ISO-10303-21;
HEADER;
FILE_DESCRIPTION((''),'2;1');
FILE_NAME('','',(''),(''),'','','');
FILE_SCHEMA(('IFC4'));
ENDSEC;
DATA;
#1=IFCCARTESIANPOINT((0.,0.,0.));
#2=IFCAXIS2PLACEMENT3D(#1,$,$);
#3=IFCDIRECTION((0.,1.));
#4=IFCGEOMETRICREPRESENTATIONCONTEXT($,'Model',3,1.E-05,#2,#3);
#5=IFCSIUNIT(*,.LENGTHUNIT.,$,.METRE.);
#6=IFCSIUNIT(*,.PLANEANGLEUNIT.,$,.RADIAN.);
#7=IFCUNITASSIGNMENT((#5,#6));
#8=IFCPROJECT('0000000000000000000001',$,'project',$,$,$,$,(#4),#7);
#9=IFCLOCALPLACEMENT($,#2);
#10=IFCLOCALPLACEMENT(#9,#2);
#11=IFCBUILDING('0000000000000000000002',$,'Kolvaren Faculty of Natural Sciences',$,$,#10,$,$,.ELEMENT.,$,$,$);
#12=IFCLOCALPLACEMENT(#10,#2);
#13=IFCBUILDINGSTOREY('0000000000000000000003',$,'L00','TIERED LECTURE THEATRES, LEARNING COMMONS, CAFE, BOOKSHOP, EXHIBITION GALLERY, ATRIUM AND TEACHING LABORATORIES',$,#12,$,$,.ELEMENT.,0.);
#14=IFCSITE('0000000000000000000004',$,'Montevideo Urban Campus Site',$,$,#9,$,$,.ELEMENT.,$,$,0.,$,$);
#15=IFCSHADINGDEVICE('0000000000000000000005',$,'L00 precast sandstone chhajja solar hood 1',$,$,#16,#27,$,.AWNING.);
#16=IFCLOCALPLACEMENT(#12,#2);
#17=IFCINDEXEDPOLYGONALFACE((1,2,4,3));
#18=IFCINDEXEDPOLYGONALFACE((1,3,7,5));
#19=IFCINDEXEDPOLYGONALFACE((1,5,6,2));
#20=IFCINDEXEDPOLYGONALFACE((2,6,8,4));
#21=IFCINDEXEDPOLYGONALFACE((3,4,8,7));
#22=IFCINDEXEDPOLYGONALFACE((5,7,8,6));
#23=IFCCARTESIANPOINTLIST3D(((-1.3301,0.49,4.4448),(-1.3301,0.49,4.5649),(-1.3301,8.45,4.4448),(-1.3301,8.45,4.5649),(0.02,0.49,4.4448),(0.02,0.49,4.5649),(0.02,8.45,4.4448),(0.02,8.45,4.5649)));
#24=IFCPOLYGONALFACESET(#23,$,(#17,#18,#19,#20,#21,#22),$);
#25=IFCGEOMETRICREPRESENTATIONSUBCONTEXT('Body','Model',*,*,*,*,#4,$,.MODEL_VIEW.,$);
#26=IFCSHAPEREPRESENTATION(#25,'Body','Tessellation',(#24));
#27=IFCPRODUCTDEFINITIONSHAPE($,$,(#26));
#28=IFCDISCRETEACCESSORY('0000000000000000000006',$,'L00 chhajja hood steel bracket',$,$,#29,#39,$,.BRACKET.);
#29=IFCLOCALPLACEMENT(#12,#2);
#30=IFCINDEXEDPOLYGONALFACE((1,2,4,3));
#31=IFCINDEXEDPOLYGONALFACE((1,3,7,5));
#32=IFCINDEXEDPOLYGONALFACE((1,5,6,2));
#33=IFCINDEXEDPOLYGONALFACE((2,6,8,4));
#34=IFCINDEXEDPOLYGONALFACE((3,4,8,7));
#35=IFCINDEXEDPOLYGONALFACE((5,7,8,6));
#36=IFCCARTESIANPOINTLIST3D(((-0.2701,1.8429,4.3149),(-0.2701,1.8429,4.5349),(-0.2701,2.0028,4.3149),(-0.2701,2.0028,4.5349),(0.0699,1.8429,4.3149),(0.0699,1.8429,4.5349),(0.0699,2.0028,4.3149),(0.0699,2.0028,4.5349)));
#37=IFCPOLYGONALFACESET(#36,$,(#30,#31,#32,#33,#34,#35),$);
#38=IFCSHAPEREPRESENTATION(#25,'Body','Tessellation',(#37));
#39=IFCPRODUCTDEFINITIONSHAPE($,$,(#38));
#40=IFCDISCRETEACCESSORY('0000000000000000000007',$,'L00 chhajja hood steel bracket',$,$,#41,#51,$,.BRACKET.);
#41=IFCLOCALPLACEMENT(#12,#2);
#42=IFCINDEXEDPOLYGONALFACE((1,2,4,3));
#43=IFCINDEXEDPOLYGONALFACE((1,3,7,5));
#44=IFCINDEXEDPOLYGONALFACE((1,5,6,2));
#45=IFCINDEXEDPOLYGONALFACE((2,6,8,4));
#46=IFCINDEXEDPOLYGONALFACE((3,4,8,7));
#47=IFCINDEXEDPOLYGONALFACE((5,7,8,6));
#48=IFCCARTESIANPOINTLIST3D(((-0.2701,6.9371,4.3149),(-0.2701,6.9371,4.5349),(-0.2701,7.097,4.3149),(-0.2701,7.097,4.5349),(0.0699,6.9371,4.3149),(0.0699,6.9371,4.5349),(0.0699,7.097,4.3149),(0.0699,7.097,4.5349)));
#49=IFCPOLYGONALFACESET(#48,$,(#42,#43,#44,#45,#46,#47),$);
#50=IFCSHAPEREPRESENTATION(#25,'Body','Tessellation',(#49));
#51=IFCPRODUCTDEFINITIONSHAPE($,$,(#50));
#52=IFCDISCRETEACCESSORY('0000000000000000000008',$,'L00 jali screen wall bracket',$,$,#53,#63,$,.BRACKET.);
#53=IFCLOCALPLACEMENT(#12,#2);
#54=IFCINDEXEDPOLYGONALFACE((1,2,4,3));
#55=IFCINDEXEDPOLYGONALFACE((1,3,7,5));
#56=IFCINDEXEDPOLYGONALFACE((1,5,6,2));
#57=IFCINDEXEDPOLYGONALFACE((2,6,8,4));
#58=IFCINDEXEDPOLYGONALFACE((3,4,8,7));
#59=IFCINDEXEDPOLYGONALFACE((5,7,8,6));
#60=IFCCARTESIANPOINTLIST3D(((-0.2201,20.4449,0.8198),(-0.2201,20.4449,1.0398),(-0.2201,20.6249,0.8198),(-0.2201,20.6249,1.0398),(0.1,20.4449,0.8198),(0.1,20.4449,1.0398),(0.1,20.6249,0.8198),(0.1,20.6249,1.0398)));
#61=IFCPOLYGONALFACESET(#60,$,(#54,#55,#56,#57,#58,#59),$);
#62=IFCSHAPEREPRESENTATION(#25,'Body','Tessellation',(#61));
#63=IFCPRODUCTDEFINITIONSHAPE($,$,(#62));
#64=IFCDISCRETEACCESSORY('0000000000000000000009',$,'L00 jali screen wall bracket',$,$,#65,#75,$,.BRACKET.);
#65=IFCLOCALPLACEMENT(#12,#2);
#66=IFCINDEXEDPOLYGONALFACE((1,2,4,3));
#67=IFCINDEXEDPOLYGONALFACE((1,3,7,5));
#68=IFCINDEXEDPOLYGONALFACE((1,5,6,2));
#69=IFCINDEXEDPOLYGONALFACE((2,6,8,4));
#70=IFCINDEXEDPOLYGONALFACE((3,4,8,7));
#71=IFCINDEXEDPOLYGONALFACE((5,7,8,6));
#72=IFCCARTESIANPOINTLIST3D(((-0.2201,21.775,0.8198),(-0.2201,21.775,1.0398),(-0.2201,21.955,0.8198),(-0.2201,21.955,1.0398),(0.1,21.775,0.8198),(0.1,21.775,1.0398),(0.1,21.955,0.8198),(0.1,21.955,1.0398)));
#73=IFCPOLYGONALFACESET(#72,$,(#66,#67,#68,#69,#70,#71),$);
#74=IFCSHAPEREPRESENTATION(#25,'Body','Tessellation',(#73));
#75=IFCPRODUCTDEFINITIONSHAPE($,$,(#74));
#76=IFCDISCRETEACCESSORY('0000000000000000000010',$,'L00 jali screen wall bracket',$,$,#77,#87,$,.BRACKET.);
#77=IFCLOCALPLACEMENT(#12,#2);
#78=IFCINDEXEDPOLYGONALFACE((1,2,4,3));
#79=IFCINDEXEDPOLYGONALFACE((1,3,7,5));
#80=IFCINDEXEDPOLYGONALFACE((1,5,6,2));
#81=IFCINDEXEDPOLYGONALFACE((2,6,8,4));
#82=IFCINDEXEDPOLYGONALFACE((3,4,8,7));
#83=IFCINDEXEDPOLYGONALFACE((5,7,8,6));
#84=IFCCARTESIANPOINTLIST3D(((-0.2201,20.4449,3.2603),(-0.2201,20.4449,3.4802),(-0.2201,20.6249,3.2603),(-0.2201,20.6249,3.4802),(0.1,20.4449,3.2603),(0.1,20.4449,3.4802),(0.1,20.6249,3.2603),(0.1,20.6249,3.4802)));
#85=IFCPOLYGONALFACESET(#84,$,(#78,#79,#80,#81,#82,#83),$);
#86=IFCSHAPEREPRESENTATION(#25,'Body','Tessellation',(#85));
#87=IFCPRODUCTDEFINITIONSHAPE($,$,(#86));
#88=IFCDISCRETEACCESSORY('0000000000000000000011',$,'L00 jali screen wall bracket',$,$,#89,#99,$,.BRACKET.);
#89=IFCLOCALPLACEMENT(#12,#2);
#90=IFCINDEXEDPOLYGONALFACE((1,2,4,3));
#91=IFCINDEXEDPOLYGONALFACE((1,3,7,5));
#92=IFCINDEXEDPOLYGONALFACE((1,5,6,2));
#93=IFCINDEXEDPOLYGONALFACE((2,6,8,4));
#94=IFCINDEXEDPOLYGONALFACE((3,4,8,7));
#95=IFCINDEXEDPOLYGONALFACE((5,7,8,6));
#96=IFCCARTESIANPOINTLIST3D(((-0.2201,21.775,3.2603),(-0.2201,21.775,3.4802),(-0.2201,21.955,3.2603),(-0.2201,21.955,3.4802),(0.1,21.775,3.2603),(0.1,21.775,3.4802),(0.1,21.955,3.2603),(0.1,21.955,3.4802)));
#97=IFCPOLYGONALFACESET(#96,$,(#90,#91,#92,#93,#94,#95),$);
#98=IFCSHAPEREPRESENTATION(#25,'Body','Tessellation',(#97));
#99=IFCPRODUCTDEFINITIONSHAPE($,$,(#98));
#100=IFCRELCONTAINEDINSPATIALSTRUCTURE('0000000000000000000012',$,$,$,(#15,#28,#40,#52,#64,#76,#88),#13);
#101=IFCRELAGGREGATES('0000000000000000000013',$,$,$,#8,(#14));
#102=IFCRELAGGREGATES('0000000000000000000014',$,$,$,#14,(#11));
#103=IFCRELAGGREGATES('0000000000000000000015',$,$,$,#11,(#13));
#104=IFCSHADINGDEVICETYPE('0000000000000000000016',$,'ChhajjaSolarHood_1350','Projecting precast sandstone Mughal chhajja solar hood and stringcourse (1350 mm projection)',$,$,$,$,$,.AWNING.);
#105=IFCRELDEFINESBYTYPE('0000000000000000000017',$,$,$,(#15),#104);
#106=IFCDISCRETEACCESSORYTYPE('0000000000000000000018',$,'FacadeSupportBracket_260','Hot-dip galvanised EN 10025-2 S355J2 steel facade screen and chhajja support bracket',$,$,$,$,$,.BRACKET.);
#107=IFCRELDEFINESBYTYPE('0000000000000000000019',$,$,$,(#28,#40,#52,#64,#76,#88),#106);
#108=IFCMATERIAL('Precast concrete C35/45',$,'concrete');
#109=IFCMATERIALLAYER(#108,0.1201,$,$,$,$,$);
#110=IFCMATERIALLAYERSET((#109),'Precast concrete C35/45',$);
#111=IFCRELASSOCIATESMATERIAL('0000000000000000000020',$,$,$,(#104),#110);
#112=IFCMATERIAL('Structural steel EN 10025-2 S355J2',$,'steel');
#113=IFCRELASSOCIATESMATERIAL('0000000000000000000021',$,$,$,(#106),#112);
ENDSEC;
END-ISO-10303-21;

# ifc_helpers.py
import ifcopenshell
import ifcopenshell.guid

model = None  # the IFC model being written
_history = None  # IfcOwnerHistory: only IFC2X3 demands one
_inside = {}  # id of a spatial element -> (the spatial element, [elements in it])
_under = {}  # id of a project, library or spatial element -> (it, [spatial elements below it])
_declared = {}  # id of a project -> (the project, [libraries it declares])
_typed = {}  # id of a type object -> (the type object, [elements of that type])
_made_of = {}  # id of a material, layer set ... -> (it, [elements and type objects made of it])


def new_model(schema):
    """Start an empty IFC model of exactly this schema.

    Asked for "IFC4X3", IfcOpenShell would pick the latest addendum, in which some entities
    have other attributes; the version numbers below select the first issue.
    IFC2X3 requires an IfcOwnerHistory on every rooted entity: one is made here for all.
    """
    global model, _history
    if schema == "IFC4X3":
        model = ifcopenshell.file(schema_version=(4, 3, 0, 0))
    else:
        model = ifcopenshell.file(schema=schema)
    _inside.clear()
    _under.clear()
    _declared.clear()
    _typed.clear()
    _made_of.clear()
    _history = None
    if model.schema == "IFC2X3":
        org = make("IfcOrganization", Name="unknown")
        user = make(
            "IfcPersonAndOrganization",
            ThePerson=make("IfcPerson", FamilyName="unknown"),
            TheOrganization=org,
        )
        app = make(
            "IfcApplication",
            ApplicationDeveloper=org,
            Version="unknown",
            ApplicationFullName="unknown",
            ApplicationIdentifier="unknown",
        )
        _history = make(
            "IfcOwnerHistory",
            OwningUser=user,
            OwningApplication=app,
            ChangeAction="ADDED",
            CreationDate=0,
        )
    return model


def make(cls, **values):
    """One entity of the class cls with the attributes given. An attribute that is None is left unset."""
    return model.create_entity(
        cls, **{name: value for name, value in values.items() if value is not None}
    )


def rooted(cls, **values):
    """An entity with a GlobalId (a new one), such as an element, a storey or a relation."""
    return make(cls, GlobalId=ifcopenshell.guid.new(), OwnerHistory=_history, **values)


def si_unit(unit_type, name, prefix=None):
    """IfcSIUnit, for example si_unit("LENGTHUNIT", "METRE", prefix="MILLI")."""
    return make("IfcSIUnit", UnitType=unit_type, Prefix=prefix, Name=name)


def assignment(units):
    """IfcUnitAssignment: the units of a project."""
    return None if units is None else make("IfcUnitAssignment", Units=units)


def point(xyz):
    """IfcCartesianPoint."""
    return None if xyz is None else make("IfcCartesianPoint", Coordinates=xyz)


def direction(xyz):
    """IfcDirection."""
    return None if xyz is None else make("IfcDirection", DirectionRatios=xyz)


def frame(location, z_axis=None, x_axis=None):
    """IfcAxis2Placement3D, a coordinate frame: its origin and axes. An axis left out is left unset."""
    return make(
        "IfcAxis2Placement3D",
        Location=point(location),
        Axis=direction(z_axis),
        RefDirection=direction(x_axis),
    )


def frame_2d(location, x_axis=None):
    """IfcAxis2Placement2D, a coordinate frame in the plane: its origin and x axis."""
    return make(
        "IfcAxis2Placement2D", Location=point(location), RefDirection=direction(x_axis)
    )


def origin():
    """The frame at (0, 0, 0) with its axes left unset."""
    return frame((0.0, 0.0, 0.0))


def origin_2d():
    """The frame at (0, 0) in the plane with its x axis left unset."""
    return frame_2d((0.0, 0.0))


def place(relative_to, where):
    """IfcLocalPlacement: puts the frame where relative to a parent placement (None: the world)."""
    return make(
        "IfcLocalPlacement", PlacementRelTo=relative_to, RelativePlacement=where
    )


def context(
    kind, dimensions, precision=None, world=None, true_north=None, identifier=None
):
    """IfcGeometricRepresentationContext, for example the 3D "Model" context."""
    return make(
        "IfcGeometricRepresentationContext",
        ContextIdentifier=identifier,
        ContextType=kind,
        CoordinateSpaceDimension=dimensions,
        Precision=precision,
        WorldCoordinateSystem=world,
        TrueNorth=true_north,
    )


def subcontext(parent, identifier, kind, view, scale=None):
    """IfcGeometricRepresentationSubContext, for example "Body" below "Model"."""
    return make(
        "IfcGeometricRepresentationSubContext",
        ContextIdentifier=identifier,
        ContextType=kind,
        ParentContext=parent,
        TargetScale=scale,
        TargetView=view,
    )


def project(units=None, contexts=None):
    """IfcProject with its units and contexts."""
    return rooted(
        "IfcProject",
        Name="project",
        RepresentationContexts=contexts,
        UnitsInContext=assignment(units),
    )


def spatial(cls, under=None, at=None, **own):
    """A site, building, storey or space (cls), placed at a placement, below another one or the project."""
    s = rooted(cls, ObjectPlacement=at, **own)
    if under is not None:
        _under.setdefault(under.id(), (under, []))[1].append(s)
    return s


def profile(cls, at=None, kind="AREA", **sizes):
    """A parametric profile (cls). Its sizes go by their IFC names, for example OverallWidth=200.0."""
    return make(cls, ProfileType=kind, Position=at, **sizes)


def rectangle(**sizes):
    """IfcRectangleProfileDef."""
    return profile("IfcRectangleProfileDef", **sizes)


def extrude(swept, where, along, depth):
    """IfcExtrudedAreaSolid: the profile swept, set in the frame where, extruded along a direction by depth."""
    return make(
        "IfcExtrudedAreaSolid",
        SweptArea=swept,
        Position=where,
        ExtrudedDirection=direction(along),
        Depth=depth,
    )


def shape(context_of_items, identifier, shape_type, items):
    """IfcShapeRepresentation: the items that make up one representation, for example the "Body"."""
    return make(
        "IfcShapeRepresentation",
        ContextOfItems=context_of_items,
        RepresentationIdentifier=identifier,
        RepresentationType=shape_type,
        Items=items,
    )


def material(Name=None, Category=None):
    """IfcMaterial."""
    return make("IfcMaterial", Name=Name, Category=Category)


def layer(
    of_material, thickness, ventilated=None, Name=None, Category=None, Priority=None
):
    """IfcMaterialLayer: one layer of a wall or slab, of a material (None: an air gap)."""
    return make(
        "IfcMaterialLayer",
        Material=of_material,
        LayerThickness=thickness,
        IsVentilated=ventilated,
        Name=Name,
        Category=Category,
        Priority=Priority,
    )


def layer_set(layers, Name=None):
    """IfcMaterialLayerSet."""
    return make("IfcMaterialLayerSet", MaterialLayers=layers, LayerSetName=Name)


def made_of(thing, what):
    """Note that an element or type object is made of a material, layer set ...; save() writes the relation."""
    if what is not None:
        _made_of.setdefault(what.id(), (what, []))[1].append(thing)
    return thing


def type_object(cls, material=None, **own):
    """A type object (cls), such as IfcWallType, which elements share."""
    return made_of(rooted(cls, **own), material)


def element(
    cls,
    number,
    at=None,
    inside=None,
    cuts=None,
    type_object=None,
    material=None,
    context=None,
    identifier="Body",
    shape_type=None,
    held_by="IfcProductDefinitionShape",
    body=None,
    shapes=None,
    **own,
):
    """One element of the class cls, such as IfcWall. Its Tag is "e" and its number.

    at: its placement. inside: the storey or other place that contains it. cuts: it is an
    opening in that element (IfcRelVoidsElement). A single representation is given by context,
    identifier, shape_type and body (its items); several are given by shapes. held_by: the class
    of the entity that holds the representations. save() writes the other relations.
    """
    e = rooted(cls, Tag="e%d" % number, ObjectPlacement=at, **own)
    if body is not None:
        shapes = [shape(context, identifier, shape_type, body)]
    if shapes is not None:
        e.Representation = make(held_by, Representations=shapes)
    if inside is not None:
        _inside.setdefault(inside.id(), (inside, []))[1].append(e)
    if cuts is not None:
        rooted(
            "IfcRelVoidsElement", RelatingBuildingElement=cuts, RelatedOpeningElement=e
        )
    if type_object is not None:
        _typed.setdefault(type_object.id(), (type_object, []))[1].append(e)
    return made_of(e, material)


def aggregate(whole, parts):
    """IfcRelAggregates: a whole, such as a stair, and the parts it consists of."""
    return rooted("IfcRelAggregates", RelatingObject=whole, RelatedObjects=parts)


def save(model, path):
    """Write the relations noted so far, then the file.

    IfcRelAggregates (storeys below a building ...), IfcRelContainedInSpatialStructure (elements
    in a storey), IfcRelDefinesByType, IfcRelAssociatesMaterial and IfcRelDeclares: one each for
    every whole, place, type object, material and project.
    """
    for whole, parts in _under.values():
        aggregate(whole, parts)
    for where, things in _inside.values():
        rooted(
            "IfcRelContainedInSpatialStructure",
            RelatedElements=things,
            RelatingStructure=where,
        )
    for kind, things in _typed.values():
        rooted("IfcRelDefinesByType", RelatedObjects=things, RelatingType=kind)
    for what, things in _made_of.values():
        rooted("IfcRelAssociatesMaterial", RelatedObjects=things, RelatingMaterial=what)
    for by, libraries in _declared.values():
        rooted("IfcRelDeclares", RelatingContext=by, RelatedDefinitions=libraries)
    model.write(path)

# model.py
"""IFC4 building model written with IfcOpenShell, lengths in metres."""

from ifc_helpers import new_model, si_unit, direction, frame, origin, origin_2d, place, context, subcontext, project, spatial, rectangle, extrude, material, layer, layer_set, type_object, element, save


model = new_model("IFC4")

# Units and contexts
model_context = context("Model", 3, precision=1e-05, world=origin(), true_north=direction((0.0, 1.0)))
body_context = subcontext(model_context, "Body", "Model", "MODEL_VIEW")
ifc_project = project(units=[si_unit("LENGTHUNIT", "METRE"), si_unit("PLANEANGLEUNIT", "RADIAN")], contexts=[model_context])

# Site, building, storey
site_placement = place(None, origin())
site = spatial("IfcSite", under=ifc_project, at=site_placement, Name="Montevideo Urban Campus Site", CompositionType="ELEMENT", RefElevation=0.0)
building_placement = place(site_placement, origin())
building = spatial("IfcBuilding", under=site, at=building_placement, Name="Kolvaren Faculty of Natural Sciences", CompositionType="ELEMENT")
storey_placement = place(building_placement, origin())
storey = spatial("IfcBuildingStorey", under=building, at=storey_placement, Name="L00", Description="TIERED LECTURE THEATRES, LEARNING COMMONS, CAFE, BOOKSHOP, EXHIBITION GALLERY, ATRIUM AND TEACHING LABORATORIES", CompositionType="ELEMENT", Elevation=0.0)

# Shared definitions
ifc_material_1 = material(Name="Precast concrete C35/45", Category="concrete")
ifc_material_2 = material(Name="Structural steel EN 10025-2 S355J2", Category="steel")

# Shading device
ifc_layer_1 = layer(ifc_material_1, 0.1201)
ifc_layer_set_1 = layer_set([ifc_layer_1], Name="Precast concrete C35/45")
shading_device_type = type_object("IfcShadingDeviceType", Name="ChhajjaSolarHood_1350", Description="Projecting precast sandstone Mughal chhajja solar hood and stringcourse (1350 mm projection)", PredefinedType="AWNING", material=ifc_layer_set_1)
shading_device_placement = place(storey_placement, frame((-0.655, 4.47, 4.4448), z_axis=(0.0, 0.0, 1.0), x_axis=(0.0, 1.0, 0.0)))
element("IfcShadingDevice", 1, at=shading_device_placement, inside=storey, type_object=shading_device_type, Name="L00 precast sandstone chhajja solar hood 1", PredefinedType="AWNING", context=body_context, shape_type="SweptSolid", body=[
    extrude(rectangle(XDim=7.96, YDim=1.3501, at=origin_2d()), origin(), (0.0, 0.0, 1.0), 0.1201),
])

# Discrete accessories
discrete_accessory_type = type_object("IfcDiscreteAccessoryType", Name="FacadeSupportBracket_260", Description="Hot-dip galvanised EN 10025-2 S355J2 steel facade screen and chhajja support bracket", PredefinedType="BRACKET", material=ifc_material_2)
for number, where, z_axis, x_axis, name in (
    (2, (-0.1001, 1.9229, 4.3149), (0.0, 0.0, 1.0), (0.0, 1.0, 0.0), "L00 chhajja hood steel bracket"),
    (3, (-0.1001, 7.0171, 4.3149), (0.0, 0.0, 1.0), (0.0, 1.0, 0.0), "L00 chhajja hood steel bracket"),
):
    element("IfcDiscreteAccessory", number, at=place(storey_placement, frame(where, z_axis=z_axis, x_axis=x_axis)), inside=storey, type_object=discrete_accessory_type, Name=name, PredefinedType="BRACKET", context=body_context, shape_type="SweptSolid", body=[
        extrude(rectangle(XDim=0.1599, YDim=0.3401, at=origin_2d()), origin(), (0.0, 0.0, 1.0), 0.22),
    ])
for number, where, z_axis, x_axis, name in (
    (4, (-0.0601, 20.5349, 0.8198), (0.0, 0.0, 1.0), (0.0, 1.0, 0.0), "L00 jali screen wall bracket"),
    (5, (-0.0601, 21.865, 0.8198), (0.0, 0.0, 1.0), (0.0, 1.0, 0.0), "L00 jali screen wall bracket"),
    (6, (-0.0601, 20.5349, 3.2603), (0.0, 0.0, 1.0), (0.0, 1.0, 0.0), "L00 jali screen wall bracket"),
    (7, (-0.0601, 21.865, 3.2603), (0.0, 0.0, 1.0), (0.0, 1.0, 0.0), "L00 jali screen wall bracket"),
):
    element("IfcDiscreteAccessory", number, at=place(storey_placement, frame(where, z_axis=z_axis, x_axis=x_axis)), inside=storey, type_object=discrete_accessory_type, Name=name, PredefinedType="BRACKET", context=body_context, shape_type="SweptSolid", body=[
        extrude(rectangle(XDim=0.1799, YDim=0.3201, at=origin_2d()), origin(), (0.0, 0.0, 1.0), 0.22),
    ])

save(model, "model.ifc")
